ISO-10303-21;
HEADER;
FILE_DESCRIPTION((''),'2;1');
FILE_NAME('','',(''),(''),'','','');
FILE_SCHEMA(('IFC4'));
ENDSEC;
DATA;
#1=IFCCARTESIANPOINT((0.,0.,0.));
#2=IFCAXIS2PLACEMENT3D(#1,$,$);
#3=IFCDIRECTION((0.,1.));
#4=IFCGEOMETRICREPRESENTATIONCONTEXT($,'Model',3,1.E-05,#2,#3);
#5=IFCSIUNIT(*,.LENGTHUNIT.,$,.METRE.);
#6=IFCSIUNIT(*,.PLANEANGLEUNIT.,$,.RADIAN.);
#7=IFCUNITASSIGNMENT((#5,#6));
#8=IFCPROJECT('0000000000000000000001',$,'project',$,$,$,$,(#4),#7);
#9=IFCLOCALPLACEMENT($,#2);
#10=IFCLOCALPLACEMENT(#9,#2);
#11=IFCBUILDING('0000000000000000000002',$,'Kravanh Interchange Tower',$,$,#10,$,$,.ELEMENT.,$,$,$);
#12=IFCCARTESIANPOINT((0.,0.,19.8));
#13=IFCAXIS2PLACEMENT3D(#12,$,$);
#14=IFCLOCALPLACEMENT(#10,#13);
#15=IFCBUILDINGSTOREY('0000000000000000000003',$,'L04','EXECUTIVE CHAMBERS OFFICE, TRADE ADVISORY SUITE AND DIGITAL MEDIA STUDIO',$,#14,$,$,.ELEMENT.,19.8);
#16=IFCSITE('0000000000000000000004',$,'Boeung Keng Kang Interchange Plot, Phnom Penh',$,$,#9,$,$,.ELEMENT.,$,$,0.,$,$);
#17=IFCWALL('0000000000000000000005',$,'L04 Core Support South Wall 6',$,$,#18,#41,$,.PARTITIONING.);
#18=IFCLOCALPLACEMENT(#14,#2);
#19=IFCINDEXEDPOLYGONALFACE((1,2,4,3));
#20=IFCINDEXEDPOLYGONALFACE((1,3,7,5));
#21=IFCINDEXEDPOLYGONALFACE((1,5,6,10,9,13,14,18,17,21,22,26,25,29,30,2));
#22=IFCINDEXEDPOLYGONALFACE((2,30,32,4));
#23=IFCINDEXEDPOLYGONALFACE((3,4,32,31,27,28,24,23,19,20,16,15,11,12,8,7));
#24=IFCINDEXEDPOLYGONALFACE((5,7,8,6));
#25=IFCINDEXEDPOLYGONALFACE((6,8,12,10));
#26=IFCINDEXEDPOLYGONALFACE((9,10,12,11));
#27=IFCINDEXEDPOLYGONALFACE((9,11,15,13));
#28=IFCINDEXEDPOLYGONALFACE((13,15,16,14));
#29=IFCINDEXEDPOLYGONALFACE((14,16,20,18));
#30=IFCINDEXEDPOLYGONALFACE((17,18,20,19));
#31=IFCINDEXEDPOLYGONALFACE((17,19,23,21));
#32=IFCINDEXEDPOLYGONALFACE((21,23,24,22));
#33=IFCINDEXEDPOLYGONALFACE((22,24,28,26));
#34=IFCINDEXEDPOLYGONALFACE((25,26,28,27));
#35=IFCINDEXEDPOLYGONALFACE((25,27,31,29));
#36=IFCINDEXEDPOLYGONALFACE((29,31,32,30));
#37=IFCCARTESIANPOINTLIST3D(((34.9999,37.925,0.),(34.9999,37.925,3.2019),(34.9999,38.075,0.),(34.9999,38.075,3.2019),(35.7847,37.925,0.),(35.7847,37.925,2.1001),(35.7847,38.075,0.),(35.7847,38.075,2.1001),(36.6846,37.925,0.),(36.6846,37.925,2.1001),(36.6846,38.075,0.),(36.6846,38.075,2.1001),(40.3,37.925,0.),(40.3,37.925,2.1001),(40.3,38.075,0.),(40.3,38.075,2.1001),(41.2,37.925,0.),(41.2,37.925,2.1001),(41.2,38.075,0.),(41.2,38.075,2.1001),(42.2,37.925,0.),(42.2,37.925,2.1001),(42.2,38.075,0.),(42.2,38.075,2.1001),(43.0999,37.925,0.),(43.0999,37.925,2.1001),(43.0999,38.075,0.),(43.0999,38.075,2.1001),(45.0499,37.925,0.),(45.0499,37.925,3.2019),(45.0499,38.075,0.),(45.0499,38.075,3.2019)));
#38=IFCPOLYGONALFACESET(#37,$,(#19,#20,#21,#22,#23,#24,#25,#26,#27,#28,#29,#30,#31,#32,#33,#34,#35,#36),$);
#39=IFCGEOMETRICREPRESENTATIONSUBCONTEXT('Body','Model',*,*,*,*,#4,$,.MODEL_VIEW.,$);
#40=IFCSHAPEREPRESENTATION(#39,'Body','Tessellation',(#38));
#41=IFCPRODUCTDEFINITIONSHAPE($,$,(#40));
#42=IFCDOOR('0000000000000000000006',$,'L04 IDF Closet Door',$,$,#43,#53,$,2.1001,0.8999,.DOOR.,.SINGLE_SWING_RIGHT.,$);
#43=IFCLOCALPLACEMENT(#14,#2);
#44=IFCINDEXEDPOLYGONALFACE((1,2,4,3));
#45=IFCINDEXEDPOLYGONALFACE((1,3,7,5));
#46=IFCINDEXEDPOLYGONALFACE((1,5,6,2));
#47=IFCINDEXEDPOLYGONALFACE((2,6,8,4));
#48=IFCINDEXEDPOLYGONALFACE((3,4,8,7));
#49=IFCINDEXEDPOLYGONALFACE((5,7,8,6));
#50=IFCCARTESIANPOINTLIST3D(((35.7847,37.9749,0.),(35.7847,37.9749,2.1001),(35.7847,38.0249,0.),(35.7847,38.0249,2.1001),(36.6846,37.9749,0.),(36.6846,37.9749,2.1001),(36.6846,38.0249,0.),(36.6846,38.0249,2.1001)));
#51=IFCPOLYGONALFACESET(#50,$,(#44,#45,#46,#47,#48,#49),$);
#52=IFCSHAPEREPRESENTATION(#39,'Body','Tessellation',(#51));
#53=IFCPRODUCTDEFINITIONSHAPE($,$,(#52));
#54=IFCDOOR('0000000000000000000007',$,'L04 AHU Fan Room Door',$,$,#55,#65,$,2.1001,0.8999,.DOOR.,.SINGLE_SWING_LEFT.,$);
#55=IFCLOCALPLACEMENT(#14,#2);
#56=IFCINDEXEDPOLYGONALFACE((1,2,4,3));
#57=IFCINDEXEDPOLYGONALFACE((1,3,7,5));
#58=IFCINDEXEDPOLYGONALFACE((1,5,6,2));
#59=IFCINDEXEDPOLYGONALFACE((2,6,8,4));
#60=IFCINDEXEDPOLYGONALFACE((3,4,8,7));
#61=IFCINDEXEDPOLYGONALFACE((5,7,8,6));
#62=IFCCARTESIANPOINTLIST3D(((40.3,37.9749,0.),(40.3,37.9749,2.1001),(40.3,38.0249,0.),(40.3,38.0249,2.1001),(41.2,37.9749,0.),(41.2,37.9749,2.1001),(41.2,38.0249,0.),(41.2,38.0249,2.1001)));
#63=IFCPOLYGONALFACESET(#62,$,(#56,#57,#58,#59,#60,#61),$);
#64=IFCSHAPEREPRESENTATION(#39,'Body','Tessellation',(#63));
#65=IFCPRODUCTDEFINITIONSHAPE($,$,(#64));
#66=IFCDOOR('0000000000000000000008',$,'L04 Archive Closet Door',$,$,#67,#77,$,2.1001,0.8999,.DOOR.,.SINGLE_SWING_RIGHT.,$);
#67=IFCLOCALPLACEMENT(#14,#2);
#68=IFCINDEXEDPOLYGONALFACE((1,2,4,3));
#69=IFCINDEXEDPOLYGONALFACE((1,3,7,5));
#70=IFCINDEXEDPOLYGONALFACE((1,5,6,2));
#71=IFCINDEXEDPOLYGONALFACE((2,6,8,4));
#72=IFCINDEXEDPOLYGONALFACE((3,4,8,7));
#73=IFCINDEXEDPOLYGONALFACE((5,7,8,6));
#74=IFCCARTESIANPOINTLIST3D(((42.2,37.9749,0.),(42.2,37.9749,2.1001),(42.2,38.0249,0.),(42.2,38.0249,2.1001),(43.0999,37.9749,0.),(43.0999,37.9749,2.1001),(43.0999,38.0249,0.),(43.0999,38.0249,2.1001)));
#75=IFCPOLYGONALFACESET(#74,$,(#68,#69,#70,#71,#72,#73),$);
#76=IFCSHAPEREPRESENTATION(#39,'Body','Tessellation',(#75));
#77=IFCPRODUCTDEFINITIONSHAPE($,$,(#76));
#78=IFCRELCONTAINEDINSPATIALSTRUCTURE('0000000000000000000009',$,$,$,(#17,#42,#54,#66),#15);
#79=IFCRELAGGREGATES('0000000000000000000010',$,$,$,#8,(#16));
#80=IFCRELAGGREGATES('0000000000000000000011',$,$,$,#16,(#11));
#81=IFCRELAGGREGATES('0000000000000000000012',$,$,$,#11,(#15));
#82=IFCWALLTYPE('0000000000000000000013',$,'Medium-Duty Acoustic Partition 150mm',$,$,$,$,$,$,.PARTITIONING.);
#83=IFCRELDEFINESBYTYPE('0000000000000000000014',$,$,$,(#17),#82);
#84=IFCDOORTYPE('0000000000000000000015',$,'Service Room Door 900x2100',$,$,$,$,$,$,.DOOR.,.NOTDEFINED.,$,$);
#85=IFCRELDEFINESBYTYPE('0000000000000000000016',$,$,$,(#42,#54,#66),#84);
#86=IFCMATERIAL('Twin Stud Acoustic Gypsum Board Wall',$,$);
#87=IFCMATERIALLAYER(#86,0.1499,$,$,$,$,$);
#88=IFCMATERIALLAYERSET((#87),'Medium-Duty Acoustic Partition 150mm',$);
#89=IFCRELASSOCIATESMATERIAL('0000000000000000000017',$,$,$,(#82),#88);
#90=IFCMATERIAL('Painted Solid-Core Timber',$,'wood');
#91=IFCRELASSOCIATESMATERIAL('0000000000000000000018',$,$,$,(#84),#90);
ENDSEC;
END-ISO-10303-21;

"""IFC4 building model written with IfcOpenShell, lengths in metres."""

from ifc_helpers import new_model, si_unit, direction, frame, frame_2d, origin, place, context, subcontext, project, spatial, rectangle, extrude, material, layer, layer_set, type_object, element, fill, save


model = new_model("IFC4")

# Units and contexts
model_context = context("Model", 3, precision=1e-05, world=origin(), true_north=direction((0.0, 1.0)))
body_context = subcontext(model_context, "Body", "Model", "MODEL_VIEW")
ifc_project = project(units=[si_unit("LENGTHUNIT", "METRE"), si_unit("PLANEANGLEUNIT", "RADIAN")], contexts=[model_context])

# Site, building, storey
site_placement = place(None, origin())
site = spatial("IfcSite", under=ifc_project, at=site_placement, Name="Boeung Keng Kang Interchange Plot, Phnom Penh", CompositionType="ELEMENT", RefElevation=0.0)
building_placement = place(site_placement, origin())
building = spatial("IfcBuilding", under=site, at=building_placement, Name="Kravanh Interchange Tower", CompositionType="ELEMENT")
storey_placement = place(building_placement, frame((0.0, 0.0, 19.8)))
storey = spatial("IfcBuildingStorey", under=building, at=storey_placement, Name="L04", Description="EXECUTIVE CHAMBERS OFFICE, TRADE ADVISORY SUITE AND DIGITAL MEDIA STUDIO", CompositionType="ELEMENT", Elevation=19.8)

# Wall, openings, doors
ifc_material_1 = material(Name="Twin Stud Acoustic Gypsum Board Wall")
ifc_layer_1 = layer(ifc_material_1, 0.1499)
ifc_layer_set_1 = layer_set([ifc_layer_1], Name="Medium-Duty Acoustic Partition 150mm")
wall_type_1 = type_object("IfcWallType", Name="Medium-Duty Acoustic Partition 150mm", PredefinedType="PARTITIONING", material=ifc_layer_set_1)
wall_1_placement = place(storey_placement, frame((35.0, 38.0, 0.0), z_axis=(0.0, 0.0, 1.0), x_axis=(1.0, 0.0, 0.0)))
wall_1 = element("IfcWall", 1, at=wall_1_placement, inside=storey, type_object=wall_type_1, Name="L04 Core Support South Wall 6", PredefinedType="PARTITIONING", context=body_context, shape_type="SweptSolid", body=[
    extrude(rectangle(XDim=10.05, YDim=0.1499, at=frame_2d((5.0249, 0.0))), origin(), (0.0, 0.0, 1.0), 3.2019),
])
opening_1_placement = place(wall_1_placement, frame((0.7847, 0.0, 0.0)))
opening_1 = element("IfcOpeningElement", 2, at=opening_1_placement, cuts=wall_1, PredefinedType="OPENING", context=body_context, shape_type="SweptSolid", body=[
    extrude(rectangle(XDim=0.8999, YDim=2.1001, at=frame_2d((0.45, 1.05))), frame((0.0, 0.085, 0.0), z_axis=(0.0, -1.0, 0.0), x_axis=(1.0, 0.0, 0.0)), (0.0, 0.0, 1.0), 0.1699),
])
opening_2_placement = place(wall_1_placement, frame((5.3, 0.0, 0.0)))
opening_2 = element("IfcOpeningElement", 3, at=opening_2_placement, cuts=wall_1, PredefinedType="OPENING", context=body_context, shape_type="SweptSolid", body=[
    extrude(rectangle(XDim=0.8999, YDim=2.1001, at=frame_2d((0.45, 1.05))), frame((0.0, 0.085, 0.0), z_axis=(0.0, -1.0, 0.0), x_axis=(1.0, 0.0, 0.0)), (0.0, 0.0, 1.0), 0.1699),
])
opening_3_placement = place(wall_1_placement, frame((7.2, 0.0, 0.0)))
opening_3 = element("IfcOpeningElement", 4, at=opening_3_placement, cuts=wall_1, PredefinedType="OPENING", context=body_context, shape_type="SweptSolid", body=[
    extrude(rectangle(XDim=0.8999, YDim=2.1001, at=frame_2d((0.45, 1.05))), frame((0.0, 0.085, 0.0), z_axis=(0.0, -1.0, 0.0), x_axis=(1.0, 0.0, 0.0)), (0.0, 0.0, 1.0), 0.1699),
])
ifc_material_2 = material(Name="Painted Solid-Core Timber", Category="wood")
door_type_1 = type_object("IfcDoorType", Name="Service Room Door 900x2100", OperationType="NOTDEFINED", PredefinedType="DOOR", material=ifc_material_2)
door_1_placement = place(opening_1_placement, origin())
door_1 = element("IfcDoor", 5, at=door_1_placement, inside=storey, type_object=door_type_1, Name="L04 IDF Closet Door", OperationType="SINGLE_SWING_RIGHT", OverallHeight=2.1001, OverallWidth=0.8999, PredefinedType="DOOR", context=body_context, shape_type="SweptSolid", body=[
    extrude(rectangle(XDim=0.8999, YDim=2.1001, at=frame_2d((0.45, 1.05))), frame((0.0, 0.0249, 0.0), z_axis=(0.0, -1.0, 0.0), x_axis=(1.0, 0.0, 0.0)), (0.0, 0.0, 1.0), 0.05),
])
fill(opening_1, door_1)
door_2_placement = place(opening_2_placement, origin())
door_2 = element("IfcDoor", 6, at=door_2_placement, inside=storey, type_object=door_type_1, Name="L04 AHU Fan Room Door", OperationType="SINGLE_SWING_LEFT", OverallHeight=2.1001, OverallWidth=0.8999, PredefinedType="DOOR", context=body_context, shape_type="SweptSolid", body=[
    extrude(rectangle(XDim=0.8999, YDim=2.1001, at=frame_2d((0.45, 1.05))), frame((0.0, 0.0249, 0.0), z_axis=(0.0, -1.0, 0.0), x_axis=(1.0, 0.0, 0.0)), (0.0, 0.0, 1.0), 0.05),
])
fill(opening_2, door_2)
door_3_placement = place(opening_3_placement, origin())
door_3 = element("IfcDoor", 7, at=door_3_placement, inside=storey, type_object=door_type_1, Name="L04 Archive Closet Door", OperationType="SINGLE_SWING_RIGHT", OverallHeight=2.1001, OverallWidth=0.8999, PredefinedType="DOOR", context=body_context, shape_type="SweptSolid", body=[
    extrude(rectangle(XDim=0.8999, YDim=2.1001, at=frame_2d((0.45, 1.05))), frame((0.0, 0.0249, 0.0), z_axis=(0.0, -1.0, 0.0), x_axis=(1.0, 0.0, 0.0)), (0.0, 0.0, 1.0), 0.05),
])
fill(opening_3, door_3)

save(model, "model.ifc")
